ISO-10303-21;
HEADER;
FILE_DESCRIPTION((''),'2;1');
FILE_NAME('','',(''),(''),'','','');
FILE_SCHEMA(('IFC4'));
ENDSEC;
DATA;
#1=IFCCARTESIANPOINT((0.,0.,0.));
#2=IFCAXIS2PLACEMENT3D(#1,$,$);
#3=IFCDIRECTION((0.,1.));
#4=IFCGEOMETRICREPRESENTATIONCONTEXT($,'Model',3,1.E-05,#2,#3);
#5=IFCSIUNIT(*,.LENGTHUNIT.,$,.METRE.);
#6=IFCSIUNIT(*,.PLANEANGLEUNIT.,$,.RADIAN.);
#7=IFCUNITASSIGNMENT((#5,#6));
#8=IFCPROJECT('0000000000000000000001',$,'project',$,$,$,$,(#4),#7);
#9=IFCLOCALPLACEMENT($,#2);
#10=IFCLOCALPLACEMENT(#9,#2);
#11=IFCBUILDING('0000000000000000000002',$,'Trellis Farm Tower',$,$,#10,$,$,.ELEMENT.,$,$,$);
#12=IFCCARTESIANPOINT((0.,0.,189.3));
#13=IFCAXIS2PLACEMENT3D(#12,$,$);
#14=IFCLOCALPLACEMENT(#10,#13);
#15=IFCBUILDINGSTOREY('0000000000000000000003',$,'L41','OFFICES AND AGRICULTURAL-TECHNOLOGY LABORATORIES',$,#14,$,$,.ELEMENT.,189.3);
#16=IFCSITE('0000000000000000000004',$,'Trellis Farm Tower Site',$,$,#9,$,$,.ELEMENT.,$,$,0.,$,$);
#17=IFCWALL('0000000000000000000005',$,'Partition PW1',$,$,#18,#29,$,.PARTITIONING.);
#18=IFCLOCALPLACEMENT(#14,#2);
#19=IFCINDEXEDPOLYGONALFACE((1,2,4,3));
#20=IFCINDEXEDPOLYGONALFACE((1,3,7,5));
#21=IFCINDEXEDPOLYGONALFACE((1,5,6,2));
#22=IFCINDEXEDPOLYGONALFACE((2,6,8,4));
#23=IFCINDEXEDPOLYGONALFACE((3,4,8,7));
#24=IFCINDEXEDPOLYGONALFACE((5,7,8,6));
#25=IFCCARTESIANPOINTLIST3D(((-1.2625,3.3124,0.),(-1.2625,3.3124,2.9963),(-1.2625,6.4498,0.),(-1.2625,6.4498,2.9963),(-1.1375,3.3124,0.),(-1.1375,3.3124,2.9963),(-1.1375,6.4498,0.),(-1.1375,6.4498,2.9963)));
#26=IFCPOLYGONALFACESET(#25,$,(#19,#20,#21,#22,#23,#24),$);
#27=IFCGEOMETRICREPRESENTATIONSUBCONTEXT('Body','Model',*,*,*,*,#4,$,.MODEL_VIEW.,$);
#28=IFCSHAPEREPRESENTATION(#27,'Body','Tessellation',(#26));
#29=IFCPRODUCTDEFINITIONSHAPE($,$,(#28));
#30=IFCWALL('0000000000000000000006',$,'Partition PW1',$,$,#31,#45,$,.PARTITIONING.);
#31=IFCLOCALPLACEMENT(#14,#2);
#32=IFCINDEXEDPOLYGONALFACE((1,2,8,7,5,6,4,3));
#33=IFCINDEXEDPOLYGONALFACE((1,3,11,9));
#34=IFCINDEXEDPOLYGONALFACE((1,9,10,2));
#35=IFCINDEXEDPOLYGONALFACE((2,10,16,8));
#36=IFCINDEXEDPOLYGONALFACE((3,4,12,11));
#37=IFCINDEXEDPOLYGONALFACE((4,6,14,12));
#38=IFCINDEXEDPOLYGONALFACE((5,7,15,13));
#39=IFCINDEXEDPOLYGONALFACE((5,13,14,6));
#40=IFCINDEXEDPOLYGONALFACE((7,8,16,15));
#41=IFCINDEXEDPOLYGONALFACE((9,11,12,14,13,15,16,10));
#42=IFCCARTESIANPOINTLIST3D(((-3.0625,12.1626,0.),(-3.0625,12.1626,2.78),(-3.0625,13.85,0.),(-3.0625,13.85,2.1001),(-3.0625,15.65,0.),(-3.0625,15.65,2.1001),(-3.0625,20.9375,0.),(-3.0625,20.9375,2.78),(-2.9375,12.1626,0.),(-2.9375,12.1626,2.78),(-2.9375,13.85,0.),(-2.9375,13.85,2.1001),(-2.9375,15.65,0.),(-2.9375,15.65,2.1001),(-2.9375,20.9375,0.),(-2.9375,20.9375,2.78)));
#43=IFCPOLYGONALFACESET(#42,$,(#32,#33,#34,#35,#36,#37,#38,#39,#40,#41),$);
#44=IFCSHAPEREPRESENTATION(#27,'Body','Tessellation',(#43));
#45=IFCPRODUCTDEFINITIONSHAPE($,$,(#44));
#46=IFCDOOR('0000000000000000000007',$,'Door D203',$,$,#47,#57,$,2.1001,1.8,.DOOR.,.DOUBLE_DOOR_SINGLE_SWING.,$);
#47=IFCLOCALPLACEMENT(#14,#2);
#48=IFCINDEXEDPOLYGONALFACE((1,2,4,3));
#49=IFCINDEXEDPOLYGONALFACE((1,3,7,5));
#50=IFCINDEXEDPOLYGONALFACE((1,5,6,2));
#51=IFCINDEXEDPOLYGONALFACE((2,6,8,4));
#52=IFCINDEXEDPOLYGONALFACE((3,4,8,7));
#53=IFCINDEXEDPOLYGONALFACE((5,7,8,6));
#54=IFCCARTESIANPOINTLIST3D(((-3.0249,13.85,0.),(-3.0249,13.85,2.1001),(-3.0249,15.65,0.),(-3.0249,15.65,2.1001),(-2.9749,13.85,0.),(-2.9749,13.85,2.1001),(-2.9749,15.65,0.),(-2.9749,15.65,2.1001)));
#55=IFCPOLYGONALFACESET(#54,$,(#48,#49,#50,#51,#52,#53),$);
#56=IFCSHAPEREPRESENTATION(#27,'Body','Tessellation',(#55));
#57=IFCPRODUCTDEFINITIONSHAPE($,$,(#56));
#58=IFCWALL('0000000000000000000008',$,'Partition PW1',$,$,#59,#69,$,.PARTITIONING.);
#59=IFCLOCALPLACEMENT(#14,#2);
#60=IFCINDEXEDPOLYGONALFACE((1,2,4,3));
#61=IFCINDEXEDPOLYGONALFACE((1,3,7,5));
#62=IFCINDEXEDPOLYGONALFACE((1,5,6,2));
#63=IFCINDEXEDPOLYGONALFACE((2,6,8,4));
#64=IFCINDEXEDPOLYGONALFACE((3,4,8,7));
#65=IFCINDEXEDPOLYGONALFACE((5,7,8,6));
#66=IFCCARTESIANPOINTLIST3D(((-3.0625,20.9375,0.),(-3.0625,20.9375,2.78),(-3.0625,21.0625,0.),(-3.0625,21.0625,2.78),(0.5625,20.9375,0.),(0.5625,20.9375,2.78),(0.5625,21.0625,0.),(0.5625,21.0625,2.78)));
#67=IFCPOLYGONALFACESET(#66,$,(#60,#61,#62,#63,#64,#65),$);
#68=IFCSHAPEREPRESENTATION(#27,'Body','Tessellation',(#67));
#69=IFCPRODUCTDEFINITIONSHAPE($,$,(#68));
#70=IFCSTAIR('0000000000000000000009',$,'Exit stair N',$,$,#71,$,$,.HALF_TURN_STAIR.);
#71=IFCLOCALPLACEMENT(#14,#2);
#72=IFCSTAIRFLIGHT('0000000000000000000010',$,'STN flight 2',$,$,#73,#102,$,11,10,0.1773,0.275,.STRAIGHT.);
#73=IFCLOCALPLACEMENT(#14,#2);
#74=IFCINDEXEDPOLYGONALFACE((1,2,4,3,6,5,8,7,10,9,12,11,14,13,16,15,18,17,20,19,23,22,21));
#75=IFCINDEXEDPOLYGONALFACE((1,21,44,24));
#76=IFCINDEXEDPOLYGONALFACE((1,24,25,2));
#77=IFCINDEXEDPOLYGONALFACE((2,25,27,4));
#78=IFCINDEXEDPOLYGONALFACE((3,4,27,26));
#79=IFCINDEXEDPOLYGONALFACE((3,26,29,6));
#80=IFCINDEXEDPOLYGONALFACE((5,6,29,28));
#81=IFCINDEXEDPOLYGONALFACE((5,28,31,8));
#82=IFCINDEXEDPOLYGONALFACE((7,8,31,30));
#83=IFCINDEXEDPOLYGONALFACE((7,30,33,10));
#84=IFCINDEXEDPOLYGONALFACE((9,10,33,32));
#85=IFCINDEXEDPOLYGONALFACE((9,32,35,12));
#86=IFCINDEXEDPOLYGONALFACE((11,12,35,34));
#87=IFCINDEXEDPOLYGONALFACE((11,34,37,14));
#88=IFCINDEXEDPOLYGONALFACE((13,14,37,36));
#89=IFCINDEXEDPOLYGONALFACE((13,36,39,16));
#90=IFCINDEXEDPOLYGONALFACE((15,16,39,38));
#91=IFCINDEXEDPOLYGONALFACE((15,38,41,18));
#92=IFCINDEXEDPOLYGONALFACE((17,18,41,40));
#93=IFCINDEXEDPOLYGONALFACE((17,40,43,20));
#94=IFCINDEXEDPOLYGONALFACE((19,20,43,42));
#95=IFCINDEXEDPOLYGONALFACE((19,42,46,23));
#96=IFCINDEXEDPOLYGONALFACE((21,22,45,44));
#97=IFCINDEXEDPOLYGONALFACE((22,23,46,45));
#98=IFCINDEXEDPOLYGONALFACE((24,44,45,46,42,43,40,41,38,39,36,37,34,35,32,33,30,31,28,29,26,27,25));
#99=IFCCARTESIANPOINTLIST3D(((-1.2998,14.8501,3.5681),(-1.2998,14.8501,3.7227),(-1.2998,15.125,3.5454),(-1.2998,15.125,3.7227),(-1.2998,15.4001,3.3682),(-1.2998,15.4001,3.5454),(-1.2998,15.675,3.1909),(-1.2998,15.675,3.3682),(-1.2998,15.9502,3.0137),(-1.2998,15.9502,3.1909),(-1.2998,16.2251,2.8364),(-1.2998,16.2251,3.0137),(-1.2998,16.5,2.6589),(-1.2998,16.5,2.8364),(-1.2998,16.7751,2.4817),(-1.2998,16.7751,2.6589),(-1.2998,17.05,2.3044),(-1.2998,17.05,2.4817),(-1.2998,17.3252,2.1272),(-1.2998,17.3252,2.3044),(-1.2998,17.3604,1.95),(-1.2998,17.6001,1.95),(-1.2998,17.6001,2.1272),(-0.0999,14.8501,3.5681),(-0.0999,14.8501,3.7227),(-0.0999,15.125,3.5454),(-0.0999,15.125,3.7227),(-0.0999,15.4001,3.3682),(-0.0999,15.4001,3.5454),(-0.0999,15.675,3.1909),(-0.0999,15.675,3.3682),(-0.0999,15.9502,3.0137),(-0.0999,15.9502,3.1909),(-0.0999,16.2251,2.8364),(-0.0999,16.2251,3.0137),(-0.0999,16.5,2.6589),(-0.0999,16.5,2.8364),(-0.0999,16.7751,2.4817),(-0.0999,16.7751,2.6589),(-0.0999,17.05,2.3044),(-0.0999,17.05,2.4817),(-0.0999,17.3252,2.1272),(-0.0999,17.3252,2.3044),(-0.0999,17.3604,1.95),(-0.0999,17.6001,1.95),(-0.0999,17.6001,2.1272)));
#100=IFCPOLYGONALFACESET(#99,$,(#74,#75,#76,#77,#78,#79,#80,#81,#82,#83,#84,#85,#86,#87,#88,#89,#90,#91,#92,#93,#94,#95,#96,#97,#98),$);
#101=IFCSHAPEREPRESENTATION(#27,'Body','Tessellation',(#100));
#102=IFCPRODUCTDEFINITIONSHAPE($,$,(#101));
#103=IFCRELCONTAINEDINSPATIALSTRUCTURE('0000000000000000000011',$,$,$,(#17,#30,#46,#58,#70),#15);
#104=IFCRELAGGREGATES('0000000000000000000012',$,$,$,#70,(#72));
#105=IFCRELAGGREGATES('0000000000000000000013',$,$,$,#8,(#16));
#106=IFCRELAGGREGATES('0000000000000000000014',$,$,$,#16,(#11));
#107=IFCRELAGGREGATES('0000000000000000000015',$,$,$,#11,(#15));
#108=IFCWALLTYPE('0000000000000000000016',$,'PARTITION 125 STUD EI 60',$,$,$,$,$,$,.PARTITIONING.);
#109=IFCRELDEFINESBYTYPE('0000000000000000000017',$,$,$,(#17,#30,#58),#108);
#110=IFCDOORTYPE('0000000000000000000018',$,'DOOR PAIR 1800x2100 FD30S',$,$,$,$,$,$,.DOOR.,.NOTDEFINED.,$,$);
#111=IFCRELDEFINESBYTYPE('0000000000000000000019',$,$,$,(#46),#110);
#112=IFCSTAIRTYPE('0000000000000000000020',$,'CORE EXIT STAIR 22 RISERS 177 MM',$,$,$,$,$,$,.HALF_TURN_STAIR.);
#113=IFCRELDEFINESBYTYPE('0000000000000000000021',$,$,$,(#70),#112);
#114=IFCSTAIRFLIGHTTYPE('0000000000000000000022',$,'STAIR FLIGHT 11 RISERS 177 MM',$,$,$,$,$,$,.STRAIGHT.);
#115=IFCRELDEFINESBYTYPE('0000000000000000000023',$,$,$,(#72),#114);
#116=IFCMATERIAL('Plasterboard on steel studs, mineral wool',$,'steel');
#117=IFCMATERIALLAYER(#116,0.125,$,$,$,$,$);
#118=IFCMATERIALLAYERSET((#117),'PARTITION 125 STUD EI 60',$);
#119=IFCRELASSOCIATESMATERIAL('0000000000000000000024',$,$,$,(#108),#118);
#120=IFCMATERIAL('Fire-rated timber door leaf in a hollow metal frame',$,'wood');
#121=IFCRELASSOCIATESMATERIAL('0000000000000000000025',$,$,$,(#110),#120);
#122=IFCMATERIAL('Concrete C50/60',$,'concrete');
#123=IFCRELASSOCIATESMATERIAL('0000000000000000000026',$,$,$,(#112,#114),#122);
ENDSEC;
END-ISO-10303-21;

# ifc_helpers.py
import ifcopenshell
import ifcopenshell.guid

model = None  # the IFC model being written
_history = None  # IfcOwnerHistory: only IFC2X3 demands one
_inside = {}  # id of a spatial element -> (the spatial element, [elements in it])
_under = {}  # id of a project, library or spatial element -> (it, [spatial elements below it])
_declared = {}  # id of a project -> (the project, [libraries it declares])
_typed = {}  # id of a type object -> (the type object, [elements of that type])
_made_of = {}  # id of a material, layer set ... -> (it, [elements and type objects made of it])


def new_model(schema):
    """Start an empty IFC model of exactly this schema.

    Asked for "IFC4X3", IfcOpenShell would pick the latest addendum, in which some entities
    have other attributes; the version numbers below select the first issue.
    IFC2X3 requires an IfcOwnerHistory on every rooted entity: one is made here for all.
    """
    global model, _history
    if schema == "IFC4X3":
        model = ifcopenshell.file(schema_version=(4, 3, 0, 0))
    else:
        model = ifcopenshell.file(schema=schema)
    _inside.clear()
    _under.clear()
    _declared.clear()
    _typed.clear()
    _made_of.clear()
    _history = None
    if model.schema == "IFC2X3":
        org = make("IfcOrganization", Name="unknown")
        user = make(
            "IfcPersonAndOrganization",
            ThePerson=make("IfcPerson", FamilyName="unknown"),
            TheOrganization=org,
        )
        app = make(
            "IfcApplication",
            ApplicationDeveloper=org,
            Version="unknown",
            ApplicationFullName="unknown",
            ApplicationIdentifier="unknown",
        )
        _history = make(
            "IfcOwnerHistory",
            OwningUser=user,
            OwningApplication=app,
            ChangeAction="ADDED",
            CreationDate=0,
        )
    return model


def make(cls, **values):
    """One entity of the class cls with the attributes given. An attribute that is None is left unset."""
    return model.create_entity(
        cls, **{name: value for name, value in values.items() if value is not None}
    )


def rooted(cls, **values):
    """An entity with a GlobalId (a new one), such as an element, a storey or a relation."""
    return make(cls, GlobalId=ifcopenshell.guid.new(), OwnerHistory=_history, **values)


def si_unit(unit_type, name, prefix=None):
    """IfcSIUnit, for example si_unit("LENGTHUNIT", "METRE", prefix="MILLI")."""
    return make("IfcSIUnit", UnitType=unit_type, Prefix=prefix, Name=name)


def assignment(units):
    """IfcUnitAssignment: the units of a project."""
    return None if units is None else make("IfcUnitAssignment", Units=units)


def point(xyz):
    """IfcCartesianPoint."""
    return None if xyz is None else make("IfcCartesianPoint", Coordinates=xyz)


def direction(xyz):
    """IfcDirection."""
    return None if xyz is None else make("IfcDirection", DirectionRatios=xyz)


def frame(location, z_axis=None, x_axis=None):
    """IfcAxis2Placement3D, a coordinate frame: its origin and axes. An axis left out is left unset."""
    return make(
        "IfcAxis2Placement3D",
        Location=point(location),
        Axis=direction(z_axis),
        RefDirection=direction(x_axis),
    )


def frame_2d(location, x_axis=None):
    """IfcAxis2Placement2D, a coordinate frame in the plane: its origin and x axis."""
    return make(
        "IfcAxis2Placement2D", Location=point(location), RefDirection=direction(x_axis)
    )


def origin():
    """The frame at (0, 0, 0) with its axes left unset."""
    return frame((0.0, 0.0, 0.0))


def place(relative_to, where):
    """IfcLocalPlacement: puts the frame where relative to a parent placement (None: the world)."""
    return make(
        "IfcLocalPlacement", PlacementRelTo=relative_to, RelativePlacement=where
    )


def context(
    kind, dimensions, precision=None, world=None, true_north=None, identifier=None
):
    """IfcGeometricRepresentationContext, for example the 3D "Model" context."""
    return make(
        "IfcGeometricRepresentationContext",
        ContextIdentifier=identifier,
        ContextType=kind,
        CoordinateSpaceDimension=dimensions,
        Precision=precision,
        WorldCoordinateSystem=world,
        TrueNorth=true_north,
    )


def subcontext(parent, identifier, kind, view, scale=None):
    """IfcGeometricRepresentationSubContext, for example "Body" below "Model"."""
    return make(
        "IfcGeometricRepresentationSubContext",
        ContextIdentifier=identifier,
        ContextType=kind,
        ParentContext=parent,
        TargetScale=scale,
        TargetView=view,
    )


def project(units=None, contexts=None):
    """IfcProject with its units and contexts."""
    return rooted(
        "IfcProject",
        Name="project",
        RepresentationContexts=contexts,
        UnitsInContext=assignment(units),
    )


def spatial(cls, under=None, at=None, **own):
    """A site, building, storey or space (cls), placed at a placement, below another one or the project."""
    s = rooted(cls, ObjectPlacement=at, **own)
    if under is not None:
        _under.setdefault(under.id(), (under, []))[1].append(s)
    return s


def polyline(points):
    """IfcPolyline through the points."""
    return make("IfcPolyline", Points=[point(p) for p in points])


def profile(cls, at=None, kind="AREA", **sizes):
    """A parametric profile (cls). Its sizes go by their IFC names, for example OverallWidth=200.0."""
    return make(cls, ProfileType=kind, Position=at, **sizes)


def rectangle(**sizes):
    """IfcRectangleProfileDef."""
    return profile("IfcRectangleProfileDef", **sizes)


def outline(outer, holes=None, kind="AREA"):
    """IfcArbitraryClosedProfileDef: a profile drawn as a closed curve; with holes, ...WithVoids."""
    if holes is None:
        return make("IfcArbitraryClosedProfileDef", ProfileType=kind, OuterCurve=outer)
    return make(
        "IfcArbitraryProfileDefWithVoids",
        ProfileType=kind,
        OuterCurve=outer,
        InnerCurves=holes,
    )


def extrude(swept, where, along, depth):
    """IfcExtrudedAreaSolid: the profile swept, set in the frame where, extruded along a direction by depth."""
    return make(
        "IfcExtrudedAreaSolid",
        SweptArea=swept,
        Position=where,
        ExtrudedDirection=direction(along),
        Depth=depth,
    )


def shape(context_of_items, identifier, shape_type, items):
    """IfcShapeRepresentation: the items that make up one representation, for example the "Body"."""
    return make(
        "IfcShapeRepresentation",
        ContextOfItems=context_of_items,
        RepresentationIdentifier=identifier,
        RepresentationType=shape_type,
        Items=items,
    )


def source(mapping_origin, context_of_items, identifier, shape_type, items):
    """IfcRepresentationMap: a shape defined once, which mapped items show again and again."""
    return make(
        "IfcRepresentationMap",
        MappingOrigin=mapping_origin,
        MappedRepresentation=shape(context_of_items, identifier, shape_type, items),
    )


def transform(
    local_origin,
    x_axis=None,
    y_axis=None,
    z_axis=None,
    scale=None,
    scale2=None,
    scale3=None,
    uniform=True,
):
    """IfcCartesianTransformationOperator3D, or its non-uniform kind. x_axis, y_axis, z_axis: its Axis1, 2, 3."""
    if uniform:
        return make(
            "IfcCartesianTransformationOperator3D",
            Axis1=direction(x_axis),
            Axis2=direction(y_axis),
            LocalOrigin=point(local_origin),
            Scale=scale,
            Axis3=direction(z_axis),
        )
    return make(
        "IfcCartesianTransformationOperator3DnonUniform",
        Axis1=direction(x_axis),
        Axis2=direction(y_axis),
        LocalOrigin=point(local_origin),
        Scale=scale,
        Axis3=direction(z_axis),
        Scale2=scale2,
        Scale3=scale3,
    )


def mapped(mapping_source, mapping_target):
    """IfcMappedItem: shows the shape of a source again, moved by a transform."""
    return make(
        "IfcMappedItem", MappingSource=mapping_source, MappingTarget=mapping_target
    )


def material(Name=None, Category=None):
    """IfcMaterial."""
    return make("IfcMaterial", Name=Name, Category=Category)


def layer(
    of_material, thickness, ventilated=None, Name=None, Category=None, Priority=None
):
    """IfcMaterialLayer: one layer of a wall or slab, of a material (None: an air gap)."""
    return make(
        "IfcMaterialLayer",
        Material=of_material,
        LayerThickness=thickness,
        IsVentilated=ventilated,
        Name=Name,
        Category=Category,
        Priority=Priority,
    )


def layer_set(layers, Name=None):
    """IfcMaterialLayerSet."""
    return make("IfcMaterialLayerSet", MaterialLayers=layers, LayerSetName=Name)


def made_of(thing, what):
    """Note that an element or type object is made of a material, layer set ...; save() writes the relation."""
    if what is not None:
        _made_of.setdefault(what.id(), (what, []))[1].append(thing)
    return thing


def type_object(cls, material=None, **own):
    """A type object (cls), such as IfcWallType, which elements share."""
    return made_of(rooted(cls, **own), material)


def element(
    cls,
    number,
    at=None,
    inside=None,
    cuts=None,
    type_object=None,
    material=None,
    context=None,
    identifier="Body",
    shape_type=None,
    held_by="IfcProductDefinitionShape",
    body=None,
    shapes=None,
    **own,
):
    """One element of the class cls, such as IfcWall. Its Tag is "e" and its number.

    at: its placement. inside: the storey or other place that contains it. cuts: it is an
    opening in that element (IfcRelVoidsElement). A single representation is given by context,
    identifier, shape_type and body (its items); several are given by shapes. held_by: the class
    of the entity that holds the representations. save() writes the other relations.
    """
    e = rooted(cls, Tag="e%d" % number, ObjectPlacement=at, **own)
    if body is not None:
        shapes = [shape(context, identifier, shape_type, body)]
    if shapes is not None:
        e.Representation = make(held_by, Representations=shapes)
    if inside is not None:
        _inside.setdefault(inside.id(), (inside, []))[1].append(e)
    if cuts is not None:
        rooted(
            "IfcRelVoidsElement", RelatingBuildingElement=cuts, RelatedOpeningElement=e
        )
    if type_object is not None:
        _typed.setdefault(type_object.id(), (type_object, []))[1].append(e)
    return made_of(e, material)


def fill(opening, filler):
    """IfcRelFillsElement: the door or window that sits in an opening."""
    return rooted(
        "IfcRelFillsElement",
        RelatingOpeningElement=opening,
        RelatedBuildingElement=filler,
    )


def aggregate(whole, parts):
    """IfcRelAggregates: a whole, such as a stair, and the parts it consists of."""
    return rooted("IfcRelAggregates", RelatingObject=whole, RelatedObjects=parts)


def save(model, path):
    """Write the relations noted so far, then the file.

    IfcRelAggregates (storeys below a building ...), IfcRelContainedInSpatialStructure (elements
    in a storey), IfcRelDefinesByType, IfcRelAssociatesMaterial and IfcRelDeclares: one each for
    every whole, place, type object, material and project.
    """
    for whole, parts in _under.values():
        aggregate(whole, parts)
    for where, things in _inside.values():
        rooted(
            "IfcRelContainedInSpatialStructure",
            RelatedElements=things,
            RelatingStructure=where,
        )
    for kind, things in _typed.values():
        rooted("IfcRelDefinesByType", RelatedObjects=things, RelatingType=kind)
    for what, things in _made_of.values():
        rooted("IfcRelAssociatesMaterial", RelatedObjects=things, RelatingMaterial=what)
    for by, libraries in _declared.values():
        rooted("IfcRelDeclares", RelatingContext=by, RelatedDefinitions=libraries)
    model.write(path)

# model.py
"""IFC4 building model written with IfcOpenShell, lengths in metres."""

from ifc_helpers import new_model, si_unit, direction, frame, frame_2d, origin, place, context, subcontext, project, spatial, polyline, rectangle, outline, extrude, source, transform, mapped, material, layer, layer_set, type_object, element, fill, aggregate, save


model = new_model("IFC4")

# Units and contexts
model_context = context("Model", 3, precision=1e-05, world=origin(), true_north=direction((0.0, 1.0)))
body_context = subcontext(model_context, "Body", "Model", "MODEL_VIEW")
ifc_project = project(units=[si_unit("LENGTHUNIT", "METRE"), si_unit("PLANEANGLEUNIT", "RADIAN")], contexts=[model_context])

# Site, building, storey
site_placement = place(None, origin())
site = spatial("IfcSite", under=ifc_project, at=site_placement, Name="Trellis Farm Tower Site", CompositionType="ELEMENT", RefElevation=0.0)
building_placement = place(site_placement, origin())
building = spatial("IfcBuilding", under=site, at=building_placement, Name="Trellis Farm Tower", CompositionType="ELEMENT")
storey_placement = place(building_placement, frame((0.0, 0.0, 189.3)))
storey = spatial("IfcBuildingStorey", under=building, at=storey_placement, Name="L41", Description="OFFICES AND AGRICULTURAL-TECHNOLOGY LABORATORIES", CompositionType="ELEMENT", Elevation=189.3)

# Shared definitions
placement_1 = place(storey_placement, origin())

# Wall
ifc_material_1 = material(Name="Plasterboard on steel studs, mineral wool", Category="steel")
ifc_layer_1 = layer(ifc_material_1, 0.125)
ifc_layer_set_1 = layer_set([ifc_layer_1], Name="PARTITION 125 STUD EI 60")
wall_type_1 = type_object("IfcWallType", Name="PARTITION 125 STUD EI 60", PredefinedType="PARTITIONING", material=ifc_layer_set_1)
shared_shape_1 = source(origin(), body_context, "Body", "SweptSolid", [
    extrude(rectangle(XDim=3.1375, YDim=0.125, at=frame_2d((1.5688, 0.0))), origin(), (0.0, 0.0, 1.0), 2.9963),
])
wall_1_placement = place(storey_placement, frame((-1.2, 6.45, 0.0), z_axis=(0.0, 0.0, 1.0), x_axis=(0.0, -1.0, 0.0)))
element("IfcWall", 1, at=wall_1_placement, inside=storey, type_object=wall_type_1, Name="Partition PW1", PredefinedType="PARTITIONING", context=body_context, shape_type="MappedRepresentation", body=[
    mapped(shared_shape_1, transform((0.0, 0.0, 0.0))),
])

# Wall, opening, door
shared_shape_2 = source(origin(), body_context, "Body", "SweptSolid", [
    extrude(rectangle(XDim=8.7749, YDim=0.125, at=frame_2d((4.3875, 0.0))), origin(), (0.0, 0.0, 1.0), 2.78),
])
wall_2_placement = place(storey_placement, frame((-3.0, 12.1626, 0.0), z_axis=(0.0, 0.0, 1.0), x_axis=(0.0, 1.0, 0.0)))
wall_2 = element("IfcWall", 2, at=wall_2_placement, inside=storey, type_object=wall_type_1, Name="Partition PW1", PredefinedType="PARTITIONING", context=body_context, shape_type="MappedRepresentation", body=[
    mapped(shared_shape_2, transform((0.0, 0.0, 0.0))),
])
shared_shape_3 = source(origin(), body_context, "Body", "SweptSolid", [
    extrude(rectangle(XDim=1.8, YDim=2.1001, at=frame_2d((0.8999, 1.05))), frame((0.0, 0.0725, 0.0), z_axis=(0.0, -1.0, 0.0), x_axis=(1.0, 0.0, 0.0)), (0.0, 0.0, 1.0), 0.145),
])
opening_1_placement = place(wall_2_placement, frame((1.6875, 0.0, 0.0)))
opening_1 = element("IfcOpeningElement", 3, at=opening_1_placement, cuts=wall_2, PredefinedType="OPENING", context=body_context, shape_type="MappedRepresentation", body=[
    mapped(shared_shape_3, transform((0.0, 0.0, 0.0))),
])
ifc_material_2 = material(Name="Fire-rated timber door leaf in a hollow metal frame", Category="wood")
door_type_1 = type_object("IfcDoorType", Name="DOOR PAIR 1800x2100 FD30S", OperationType="NOTDEFINED", PredefinedType="DOOR", material=ifc_material_2)
shared_shape_4 = source(origin(), body_context, "Body", "SweptSolid", [
    extrude(rectangle(XDim=1.8, YDim=2.1001, at=frame_2d((0.8999, 1.05))), frame((0.0, 0.0249, 0.0), z_axis=(0.0, -1.0, 0.0), x_axis=(1.0, 0.0, 0.0)), (0.0, 0.0, 1.0), 0.05),
])
door_1_placement = place(opening_1_placement, origin())
door_1 = element("IfcDoor", 4, at=door_1_placement, inside=storey, type_object=door_type_1, Name="Door D203", OperationType="DOUBLE_DOOR_SINGLE_SWING", OverallHeight=2.1001, OverallWidth=1.8, PredefinedType="DOOR", context=body_context, shape_type="MappedRepresentation", body=[
    mapped(shared_shape_4, transform((0.0, 0.0, 0.0))),
])
fill(opening_1, door_1)

# Wall
shared_shape_5 = source(origin(), body_context, "Body", "SweptSolid", [
    extrude(rectangle(XDim=3.625, YDim=0.125, at=frame_2d((1.8125, 0.0))), origin(), (0.0, 0.0, 1.0), 2.78),
])
wall_3_placement = place(storey_placement, frame((-3.0625, 21.0, 0.0), z_axis=(0.0, 0.0, 1.0), x_axis=(1.0, 0.0, 0.0)))
element("IfcWall", 5, at=wall_3_placement, inside=storey, type_object=wall_type_1, Name="Partition PW1", PredefinedType="PARTITIONING", context=body_context, shape_type="MappedRepresentation", body=[
    mapped(shared_shape_5, transform((0.0, 0.0, 0.0))),
])

# Stair, stair flight
ifc_material_3 = material(Name="Concrete C50/60", Category="concrete")
stair_type = type_object("IfcStairType", Name="CORE EXIT STAIR 22 RISERS 177 MM", PredefinedType="HALF_TURN_STAIR", material=ifc_material_3)
stair = element("IfcStair", 6, at=placement_1, inside=storey, type_object=stair_type, Name="Exit stair N", PredefinedType="HALF_TURN_STAIR")
stair_flight_type = type_object("IfcStairFlightType", Name="STAIR FLIGHT 11 RISERS 177 MM", PredefinedType="STRAIGHT", material=ifc_material_3)
shared_shape_6 = source(origin(), body_context, "Body", "SweptSolid", [
    extrude(outline(polyline([(0.0, 0.0), (0.0, 0.1772), (0.2749, 0.1772), (0.2749, 0.3545), (0.55, 0.3545), (0.55, 0.5317), (0.825, 0.5317), (0.825, 0.709), (1.1001, 0.709), (1.1001, 0.8865), (1.375, 0.8865), (1.375, 1.0637), (1.6499, 1.0637), (1.6499, 1.241), (1.925, 1.241), (1.925, 1.4182), (2.2, 1.4182), (2.2, 1.5955), (2.4751, 1.5955), (2.4751, 1.7727), (2.75, 1.7727), (2.75, 1.95), (2.75, 1.6182), (0.2397, 0.0), (0.0, 0.0)])), frame((0.0, 0.6001, 0.0), z_axis=(0.0, -1.0, 0.0), x_axis=(1.0, 0.0, 0.0)), (0.0, 0.0, 1.0), 1.2),
])
stair_flight_placement = place(storey_placement, frame((-0.7, 17.6001, 1.95), z_axis=(0.0, 0.0, 1.0), x_axis=(0.0, -1.0, 0.0)))
stair_flight = element("IfcStairFlight", 7, at=stair_flight_placement, type_object=stair_flight_type, Name="STN flight 2", NumberOfRisers=11, NumberOfTreads=10, PredefinedType="STRAIGHT", RiserHeight=0.1773, TreadLength=0.275, context=body_context, shape_type="MappedRepresentation", body=[
    mapped(shared_shape_6, transform((0.0, 0.0, 0.0))),
])
aggregate(stair, [stair_flight])

save(model, "model.ifc")
